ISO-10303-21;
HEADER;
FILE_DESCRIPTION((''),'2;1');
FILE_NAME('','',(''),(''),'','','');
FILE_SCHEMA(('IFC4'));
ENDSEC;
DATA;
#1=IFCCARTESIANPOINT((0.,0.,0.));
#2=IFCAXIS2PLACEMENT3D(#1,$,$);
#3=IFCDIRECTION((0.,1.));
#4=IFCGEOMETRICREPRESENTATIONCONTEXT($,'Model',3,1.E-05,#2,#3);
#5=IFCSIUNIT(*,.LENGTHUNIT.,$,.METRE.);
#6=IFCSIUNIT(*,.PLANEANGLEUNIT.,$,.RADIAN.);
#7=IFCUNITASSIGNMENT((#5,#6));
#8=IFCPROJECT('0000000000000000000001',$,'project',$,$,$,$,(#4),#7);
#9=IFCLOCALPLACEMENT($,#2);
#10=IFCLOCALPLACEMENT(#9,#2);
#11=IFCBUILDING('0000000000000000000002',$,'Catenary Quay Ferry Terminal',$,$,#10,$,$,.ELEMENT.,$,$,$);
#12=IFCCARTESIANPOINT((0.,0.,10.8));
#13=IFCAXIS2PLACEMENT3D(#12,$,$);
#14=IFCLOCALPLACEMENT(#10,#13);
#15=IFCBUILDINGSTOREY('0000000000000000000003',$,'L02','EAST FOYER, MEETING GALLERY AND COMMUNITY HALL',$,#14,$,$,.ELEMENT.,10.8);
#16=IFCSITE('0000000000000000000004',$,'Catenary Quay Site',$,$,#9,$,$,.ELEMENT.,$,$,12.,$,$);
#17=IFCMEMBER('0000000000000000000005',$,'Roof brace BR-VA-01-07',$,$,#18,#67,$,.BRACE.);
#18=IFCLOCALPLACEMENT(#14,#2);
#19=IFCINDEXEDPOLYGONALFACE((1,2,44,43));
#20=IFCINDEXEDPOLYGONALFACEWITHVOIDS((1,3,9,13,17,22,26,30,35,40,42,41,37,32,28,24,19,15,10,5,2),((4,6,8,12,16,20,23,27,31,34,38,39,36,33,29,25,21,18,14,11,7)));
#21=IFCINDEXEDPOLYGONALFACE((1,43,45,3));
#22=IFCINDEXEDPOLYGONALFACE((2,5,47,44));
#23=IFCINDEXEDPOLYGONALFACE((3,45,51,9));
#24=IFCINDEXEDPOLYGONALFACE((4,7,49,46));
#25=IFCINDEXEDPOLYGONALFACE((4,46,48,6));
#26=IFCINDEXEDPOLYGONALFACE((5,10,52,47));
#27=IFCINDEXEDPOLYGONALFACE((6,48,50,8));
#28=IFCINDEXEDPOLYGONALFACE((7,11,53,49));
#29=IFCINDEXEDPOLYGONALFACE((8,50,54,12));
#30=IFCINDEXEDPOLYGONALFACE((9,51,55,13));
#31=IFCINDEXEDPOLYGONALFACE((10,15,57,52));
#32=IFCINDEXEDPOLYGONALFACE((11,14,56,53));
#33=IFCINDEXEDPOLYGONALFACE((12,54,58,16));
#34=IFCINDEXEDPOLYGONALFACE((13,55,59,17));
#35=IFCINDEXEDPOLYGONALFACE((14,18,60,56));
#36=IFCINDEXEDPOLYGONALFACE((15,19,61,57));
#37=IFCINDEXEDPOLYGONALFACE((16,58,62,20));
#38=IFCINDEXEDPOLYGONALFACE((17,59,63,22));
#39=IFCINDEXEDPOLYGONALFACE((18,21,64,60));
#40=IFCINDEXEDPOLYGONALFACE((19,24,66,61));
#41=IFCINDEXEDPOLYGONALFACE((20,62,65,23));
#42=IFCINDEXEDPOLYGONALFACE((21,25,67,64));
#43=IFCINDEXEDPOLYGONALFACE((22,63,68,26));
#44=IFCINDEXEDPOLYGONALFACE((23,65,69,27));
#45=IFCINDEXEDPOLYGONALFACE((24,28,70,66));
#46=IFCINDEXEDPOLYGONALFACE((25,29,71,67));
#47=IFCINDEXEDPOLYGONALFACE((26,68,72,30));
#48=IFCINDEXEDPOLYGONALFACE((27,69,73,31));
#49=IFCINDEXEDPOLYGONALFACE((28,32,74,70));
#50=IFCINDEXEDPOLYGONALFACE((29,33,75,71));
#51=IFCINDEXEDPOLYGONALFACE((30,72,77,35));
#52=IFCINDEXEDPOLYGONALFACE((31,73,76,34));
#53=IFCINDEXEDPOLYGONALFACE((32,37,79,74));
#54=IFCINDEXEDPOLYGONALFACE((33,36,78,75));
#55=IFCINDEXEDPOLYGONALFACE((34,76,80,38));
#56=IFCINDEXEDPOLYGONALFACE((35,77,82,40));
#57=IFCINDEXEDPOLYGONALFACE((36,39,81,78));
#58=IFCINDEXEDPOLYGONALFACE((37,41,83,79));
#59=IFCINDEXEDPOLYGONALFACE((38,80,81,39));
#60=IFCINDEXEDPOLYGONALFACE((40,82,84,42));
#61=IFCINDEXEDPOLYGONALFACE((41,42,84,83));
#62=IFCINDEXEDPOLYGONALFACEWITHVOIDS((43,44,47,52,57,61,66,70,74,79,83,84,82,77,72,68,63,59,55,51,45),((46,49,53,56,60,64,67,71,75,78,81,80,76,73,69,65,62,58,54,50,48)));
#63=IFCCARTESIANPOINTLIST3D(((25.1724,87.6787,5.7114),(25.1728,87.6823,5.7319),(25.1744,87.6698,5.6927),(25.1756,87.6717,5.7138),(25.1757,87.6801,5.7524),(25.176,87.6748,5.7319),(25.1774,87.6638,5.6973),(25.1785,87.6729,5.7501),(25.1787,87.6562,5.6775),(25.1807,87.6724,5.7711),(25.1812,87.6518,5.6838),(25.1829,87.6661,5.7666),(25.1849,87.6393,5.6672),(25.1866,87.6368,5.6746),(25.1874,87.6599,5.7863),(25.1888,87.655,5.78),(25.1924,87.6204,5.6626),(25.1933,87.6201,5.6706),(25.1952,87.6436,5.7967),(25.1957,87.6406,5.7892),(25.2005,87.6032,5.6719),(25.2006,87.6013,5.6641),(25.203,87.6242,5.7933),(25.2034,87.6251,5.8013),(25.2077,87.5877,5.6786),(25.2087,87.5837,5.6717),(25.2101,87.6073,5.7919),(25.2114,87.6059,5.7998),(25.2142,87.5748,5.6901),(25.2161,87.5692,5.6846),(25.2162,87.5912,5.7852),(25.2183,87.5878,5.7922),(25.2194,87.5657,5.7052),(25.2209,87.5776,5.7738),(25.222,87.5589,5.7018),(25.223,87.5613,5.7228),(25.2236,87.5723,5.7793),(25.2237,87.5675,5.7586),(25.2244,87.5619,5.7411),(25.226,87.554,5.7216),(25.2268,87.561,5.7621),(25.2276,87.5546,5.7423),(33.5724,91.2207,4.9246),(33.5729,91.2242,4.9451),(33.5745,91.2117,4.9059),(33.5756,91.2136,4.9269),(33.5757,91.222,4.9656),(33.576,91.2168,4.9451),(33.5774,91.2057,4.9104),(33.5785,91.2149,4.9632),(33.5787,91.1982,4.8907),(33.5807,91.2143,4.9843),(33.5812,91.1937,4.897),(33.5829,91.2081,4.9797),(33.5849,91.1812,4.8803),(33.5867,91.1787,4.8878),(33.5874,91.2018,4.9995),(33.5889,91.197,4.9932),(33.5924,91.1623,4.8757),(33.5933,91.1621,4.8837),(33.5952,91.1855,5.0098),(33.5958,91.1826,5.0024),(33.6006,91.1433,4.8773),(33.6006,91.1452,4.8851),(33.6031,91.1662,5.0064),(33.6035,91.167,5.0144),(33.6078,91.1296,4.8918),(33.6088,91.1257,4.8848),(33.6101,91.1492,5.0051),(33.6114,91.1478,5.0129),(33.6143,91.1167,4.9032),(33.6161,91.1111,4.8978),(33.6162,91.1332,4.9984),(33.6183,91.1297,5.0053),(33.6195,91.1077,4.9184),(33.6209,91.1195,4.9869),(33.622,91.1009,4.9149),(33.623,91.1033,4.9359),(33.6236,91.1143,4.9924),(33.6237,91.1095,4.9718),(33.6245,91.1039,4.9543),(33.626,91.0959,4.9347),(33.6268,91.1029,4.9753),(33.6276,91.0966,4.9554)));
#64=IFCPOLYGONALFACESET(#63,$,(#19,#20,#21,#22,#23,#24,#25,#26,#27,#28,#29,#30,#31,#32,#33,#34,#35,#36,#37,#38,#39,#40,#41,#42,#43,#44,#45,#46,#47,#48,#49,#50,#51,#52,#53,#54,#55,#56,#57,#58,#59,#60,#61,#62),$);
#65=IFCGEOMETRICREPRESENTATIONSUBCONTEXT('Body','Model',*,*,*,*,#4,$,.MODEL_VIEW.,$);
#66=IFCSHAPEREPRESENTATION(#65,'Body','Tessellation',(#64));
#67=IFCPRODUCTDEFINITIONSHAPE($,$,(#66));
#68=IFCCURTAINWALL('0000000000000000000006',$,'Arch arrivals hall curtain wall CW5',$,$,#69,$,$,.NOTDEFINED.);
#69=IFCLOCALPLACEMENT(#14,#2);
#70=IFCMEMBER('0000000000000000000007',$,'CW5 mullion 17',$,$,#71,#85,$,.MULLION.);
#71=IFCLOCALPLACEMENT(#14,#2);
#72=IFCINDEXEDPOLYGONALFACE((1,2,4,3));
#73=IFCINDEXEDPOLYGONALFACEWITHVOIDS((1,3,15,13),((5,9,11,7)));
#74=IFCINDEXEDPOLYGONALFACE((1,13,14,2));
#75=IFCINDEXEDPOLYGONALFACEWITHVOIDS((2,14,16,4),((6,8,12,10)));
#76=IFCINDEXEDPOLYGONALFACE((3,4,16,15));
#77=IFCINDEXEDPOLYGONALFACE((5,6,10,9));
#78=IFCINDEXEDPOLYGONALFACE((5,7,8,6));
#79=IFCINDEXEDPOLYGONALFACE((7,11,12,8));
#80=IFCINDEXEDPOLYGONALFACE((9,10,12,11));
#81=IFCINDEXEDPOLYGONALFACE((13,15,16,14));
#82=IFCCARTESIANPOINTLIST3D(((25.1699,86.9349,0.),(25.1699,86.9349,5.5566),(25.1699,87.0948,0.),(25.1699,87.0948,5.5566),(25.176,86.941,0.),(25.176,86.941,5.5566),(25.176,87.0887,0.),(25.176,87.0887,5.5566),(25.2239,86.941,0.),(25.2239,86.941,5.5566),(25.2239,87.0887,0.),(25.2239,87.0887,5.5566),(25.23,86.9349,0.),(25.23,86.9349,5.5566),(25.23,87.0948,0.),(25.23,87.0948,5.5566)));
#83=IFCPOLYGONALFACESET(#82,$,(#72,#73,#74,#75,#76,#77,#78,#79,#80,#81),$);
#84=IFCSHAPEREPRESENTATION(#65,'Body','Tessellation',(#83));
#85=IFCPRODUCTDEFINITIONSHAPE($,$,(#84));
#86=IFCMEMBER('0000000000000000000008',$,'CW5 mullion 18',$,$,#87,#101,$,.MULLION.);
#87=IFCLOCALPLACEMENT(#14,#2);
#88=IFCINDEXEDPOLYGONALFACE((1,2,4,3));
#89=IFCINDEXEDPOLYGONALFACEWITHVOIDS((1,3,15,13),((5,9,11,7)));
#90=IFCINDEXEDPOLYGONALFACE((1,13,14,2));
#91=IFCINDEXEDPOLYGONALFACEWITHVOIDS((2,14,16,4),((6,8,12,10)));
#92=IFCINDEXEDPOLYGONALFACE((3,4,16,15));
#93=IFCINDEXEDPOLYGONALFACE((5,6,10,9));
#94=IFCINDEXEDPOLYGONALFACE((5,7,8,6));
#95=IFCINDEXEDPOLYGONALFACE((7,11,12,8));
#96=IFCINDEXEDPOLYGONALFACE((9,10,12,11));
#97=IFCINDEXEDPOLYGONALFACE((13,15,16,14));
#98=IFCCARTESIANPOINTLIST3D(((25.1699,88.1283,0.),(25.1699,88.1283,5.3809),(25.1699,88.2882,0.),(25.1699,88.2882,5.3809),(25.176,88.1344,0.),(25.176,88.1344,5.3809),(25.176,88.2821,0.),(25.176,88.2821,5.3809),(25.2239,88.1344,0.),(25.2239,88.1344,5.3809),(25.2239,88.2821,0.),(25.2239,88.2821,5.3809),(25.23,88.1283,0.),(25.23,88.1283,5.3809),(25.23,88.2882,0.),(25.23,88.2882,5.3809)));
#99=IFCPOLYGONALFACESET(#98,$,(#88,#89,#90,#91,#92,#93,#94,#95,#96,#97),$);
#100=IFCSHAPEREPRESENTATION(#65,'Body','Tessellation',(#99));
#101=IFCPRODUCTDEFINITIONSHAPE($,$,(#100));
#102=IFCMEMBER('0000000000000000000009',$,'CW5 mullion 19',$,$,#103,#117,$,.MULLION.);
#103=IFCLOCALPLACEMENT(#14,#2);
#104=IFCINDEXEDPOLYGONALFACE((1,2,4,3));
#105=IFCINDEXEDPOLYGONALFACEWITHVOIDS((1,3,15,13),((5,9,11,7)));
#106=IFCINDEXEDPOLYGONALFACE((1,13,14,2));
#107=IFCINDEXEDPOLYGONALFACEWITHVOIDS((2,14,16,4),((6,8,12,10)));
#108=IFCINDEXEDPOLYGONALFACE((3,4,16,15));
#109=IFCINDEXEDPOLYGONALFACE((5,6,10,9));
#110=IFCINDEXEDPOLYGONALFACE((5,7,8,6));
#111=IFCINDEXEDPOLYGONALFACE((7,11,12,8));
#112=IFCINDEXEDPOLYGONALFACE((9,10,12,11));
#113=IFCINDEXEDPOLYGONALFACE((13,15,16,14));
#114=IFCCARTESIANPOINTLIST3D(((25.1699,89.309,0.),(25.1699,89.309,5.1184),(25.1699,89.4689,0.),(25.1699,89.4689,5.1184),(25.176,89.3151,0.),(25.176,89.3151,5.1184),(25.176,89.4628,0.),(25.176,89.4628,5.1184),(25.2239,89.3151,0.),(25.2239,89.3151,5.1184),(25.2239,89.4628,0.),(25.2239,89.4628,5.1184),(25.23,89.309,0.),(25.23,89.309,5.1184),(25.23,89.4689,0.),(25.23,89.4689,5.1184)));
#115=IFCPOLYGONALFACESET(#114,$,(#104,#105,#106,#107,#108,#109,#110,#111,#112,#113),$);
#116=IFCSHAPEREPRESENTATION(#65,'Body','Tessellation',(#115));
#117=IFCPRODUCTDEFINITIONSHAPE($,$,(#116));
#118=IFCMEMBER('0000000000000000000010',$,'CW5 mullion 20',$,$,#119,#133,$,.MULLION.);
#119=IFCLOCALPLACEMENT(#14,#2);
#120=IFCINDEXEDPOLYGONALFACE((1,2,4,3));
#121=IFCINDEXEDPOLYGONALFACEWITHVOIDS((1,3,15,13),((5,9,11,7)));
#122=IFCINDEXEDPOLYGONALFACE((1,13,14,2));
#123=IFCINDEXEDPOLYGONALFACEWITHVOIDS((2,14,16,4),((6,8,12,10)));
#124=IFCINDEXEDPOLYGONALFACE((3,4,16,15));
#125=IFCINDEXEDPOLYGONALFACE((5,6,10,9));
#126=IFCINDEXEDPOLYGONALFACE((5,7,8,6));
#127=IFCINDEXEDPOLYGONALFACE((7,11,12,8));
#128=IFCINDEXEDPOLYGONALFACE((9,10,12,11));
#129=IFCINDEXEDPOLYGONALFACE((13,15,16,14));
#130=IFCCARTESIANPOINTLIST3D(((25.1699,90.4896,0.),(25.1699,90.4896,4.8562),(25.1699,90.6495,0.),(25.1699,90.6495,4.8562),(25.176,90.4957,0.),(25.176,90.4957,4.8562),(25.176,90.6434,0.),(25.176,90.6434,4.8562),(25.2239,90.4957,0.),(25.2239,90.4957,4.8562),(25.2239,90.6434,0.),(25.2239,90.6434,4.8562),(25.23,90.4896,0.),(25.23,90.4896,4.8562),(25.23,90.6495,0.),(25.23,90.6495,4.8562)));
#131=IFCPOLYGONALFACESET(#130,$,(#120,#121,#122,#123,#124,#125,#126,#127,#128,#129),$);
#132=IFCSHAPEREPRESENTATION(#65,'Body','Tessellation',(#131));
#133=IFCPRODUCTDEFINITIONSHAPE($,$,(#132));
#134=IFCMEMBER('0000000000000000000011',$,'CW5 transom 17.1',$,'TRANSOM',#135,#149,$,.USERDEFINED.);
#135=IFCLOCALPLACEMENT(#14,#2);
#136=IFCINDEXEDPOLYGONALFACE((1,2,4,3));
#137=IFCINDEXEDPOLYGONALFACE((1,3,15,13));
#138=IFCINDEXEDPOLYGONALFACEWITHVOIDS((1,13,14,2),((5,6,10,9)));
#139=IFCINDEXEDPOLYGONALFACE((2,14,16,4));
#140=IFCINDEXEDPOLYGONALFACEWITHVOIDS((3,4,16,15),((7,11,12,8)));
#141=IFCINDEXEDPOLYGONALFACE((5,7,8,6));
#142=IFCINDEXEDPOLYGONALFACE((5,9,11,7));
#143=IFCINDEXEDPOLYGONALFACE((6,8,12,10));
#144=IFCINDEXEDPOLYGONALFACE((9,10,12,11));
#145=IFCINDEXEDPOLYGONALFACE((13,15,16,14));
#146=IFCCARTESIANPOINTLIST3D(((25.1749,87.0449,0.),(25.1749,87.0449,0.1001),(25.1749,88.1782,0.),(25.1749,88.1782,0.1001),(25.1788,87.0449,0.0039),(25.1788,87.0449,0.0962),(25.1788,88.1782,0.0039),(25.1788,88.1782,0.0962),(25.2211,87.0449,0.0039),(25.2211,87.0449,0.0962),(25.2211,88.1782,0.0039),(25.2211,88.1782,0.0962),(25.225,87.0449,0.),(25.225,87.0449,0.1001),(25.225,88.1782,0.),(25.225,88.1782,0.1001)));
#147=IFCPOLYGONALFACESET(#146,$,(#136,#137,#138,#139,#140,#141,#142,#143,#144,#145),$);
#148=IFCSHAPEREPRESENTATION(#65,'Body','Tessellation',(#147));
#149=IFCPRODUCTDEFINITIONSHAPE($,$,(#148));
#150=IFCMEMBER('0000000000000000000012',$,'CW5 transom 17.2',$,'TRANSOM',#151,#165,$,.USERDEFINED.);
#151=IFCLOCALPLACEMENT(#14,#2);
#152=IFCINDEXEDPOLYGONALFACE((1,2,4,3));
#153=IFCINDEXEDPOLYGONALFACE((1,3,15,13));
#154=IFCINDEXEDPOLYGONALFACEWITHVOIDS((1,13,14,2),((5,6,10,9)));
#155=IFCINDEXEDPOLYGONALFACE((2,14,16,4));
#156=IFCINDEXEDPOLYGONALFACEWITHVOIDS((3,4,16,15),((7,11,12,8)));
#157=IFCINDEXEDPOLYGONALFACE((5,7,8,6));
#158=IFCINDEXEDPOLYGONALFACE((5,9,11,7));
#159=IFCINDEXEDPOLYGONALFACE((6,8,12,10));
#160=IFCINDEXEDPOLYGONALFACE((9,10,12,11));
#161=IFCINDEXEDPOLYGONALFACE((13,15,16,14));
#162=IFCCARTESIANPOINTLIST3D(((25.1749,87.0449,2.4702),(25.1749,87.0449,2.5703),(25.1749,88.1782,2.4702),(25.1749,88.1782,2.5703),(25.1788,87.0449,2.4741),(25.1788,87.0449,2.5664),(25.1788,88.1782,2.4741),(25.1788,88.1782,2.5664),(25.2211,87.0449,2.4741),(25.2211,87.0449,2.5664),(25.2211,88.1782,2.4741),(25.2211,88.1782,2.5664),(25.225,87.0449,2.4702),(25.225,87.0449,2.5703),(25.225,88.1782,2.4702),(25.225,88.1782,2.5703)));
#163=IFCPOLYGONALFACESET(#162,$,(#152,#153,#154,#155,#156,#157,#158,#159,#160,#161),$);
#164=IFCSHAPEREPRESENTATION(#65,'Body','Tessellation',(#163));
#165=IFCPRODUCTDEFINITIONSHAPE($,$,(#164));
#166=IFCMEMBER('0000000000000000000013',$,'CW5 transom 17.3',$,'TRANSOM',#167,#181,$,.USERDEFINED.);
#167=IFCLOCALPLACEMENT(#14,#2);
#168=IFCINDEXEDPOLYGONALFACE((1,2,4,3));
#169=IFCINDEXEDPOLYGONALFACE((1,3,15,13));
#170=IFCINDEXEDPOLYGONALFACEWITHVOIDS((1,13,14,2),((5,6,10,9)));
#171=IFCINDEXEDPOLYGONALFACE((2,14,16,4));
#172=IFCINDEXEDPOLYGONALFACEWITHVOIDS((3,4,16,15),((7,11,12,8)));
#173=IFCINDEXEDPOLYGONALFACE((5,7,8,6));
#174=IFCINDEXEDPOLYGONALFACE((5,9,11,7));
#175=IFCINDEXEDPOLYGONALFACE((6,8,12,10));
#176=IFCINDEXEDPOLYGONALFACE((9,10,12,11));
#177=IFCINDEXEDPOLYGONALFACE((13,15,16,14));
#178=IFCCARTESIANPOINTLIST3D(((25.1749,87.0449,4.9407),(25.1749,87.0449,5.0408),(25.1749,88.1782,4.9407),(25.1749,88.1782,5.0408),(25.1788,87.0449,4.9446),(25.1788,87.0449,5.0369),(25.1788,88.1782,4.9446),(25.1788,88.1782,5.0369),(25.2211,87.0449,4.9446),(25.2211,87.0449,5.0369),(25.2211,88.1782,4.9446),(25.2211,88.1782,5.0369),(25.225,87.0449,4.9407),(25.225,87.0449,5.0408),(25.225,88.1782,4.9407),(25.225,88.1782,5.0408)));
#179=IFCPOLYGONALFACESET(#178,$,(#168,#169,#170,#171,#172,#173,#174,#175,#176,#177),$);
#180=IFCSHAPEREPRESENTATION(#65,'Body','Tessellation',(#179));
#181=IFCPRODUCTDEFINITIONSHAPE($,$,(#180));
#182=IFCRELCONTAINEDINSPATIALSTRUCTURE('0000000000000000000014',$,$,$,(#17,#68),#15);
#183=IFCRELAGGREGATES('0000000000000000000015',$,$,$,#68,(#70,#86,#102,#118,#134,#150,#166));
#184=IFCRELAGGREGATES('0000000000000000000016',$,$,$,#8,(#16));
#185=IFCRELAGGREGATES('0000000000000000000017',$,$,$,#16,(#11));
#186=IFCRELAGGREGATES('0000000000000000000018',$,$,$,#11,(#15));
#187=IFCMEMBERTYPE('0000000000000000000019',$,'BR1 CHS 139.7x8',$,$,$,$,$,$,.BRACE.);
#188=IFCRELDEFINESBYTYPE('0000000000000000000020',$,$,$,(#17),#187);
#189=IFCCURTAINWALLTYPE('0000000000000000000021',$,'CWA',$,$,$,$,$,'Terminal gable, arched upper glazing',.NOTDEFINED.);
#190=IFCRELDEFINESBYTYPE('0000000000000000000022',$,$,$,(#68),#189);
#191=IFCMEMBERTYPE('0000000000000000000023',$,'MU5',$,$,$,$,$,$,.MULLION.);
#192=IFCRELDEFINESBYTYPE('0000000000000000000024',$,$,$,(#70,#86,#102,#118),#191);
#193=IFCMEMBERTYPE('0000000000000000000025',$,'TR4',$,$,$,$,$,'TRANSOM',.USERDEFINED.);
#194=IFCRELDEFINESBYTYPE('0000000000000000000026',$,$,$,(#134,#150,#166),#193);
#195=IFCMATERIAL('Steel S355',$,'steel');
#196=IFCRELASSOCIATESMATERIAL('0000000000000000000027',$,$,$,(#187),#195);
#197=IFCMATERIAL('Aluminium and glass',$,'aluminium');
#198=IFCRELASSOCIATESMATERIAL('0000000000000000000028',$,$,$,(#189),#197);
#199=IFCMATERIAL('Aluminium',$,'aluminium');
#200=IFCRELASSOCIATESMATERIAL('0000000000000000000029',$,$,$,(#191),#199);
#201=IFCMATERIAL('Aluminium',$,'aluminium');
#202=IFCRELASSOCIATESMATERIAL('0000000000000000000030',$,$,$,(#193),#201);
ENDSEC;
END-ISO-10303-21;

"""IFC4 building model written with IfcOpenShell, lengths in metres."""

from ifc_helpers import new_model, si_unit, direction, frame, origin, origin_2d, place, context, subcontext, project, spatial, hollow_rectangle, hollow_circle, extrude, material, material_profile, profile_set, type_object, element, aggregate, save


model = new_model("IFC4")

# Units and contexts
model_context = context("Model", 3, precision=1e-05, world=origin(), true_north=direction((0.0, 1.0)))
body_context = subcontext(model_context, "Body", "Model", "MODEL_VIEW")
ifc_project = project(units=[si_unit("LENGTHUNIT", "METRE"), si_unit("PLANEANGLEUNIT", "RADIAN")], contexts=[model_context])

# Site, building, storey
site_placement = place(None, origin())
site = spatial("IfcSite", under=ifc_project, at=site_placement, Name="Catenary Quay Site", CompositionType="ELEMENT", RefElevation=12.0)
building_placement = place(site_placement, origin())
building = spatial("IfcBuilding", under=site, at=building_placement, Name="Catenary Quay Ferry Terminal", CompositionType="ELEMENT")
storey_placement = place(building_placement, frame((0.0, 0.0, 10.8)))
storey = spatial("IfcBuildingStorey", under=building, at=storey_placement, Name="L02", Description="EAST FOYER, MEETING GALLERY AND COMMUNITY HALL", CompositionType="ELEMENT", Elevation=10.8)

# Member
ifc_material_1 = material(Name="Steel S355", Category="steel")
ifc_material_profile_1 = material_profile(ifc_material_1, hollow_circle(Radius=0.0698, WallThickness=0.0081, at=origin_2d()), Name="CHS 139.7x8")
ifc_profile_set_1 = profile_set([ifc_material_profile_1], Name="Steel S355")
member_type_1 = type_object("IfcMemberType", Name="BR1 CHS 139.7x8", PredefinedType="BRACE", material=ifc_profile_set_1)
member_1_placement = place(storey_placement, frame((25.2, 87.6179, 5.7319), z_axis=(0.918022, 0.387092, -0.085994), x_axis=(-0.388531, 0.921436, 0.0)))
element("IfcMember", 1, at=member_1_placement, inside=storey, type_object=member_type_1, Name="Roof brace BR-VA-01-07", PredefinedType="BRACE", context=body_context, shape_type="SweptSolid", body=[
    extrude(hollow_circle(Radius=0.0698, WallThickness=0.0081, at=origin_2d()), origin(), (0.0, 0.0, 1.0), 9.1501),
])

# Curtain wall, members
ifc_material_2 = material(Name="Aluminium and glass", Category="aluminium")
curtain_wall_type = type_object("IfcCurtainWallType", Name="CWA", ElementType="Terminal gable, arched upper glazing", PredefinedType="NOTDEFINED", material=ifc_material_2)
curtain_wall_placement = place(storey_placement, origin())
curtain_wall = element("IfcCurtainWall", 2, at=curtain_wall_placement, inside=storey, type_object=curtain_wall_type, Name="Arch arrivals hall curtain wall CW5", PredefinedType="NOTDEFINED")
ifc_material_3 = material(Name="Aluminium", Category="aluminium")
ifc_material_profile_2 = material_profile(ifc_material_3, hollow_rectangle(XDim=0.0601, YDim=0.1599, WallThickness=0.0061, at=origin_2d()), Name="MU5")
ifc_profile_set_2 = profile_set([ifc_material_profile_2], Name="Aluminium")
member_type_2 = type_object("IfcMemberType", Name="MU5", PredefinedType="MULLION", material=ifc_profile_set_2)
member_2_placement = place(storey_placement, frame((25.2, 87.0149, 0.0), z_axis=(0.0, 0.0, 1.0), x_axis=(-1.0, 0.0, 0.0)))
member_2 = element("IfcMember", 3, at=member_2_placement, type_object=member_type_2, Name="CW5 mullion 17", PredefinedType="MULLION", context=body_context, shape_type="SweptSolid", body=[
    extrude(hollow_rectangle(XDim=0.0601, YDim=0.1599, WallThickness=0.0061, at=origin_2d()), origin(), (0.0, 0.0, 1.0), 5.5566),
])
member_3_placement = place(storey_placement, frame((25.2, 88.2083, 0.0), z_axis=(0.0, 0.0, 1.0), x_axis=(-1.0, 0.0, 0.0)))
member_3 = element("IfcMember", 4, at=member_3_placement, type_object=member_type_2, Name="CW5 mullion 18", PredefinedType="MULLION", context=body_context, shape_type="SweptSolid", body=[
    extrude(hollow_rectangle(XDim=0.0601, YDim=0.1599, WallThickness=0.0061, at=origin_2d()), origin(), (0.0, 0.0, 1.0), 5.3809),
])
member_4_placement = place(storey_placement, frame((25.2, 89.3889, 0.0), z_axis=(0.0, 0.0, 1.0), x_axis=(-1.0, 0.0, 0.0)))
member_4 = element("IfcMember", 5, at=member_4_placement, type_object=member_type_2, Name="CW5 mullion 19", PredefinedType="MULLION", context=body_context, shape_type="SweptSolid", body=[
    extrude(hollow_rectangle(XDim=0.0601, YDim=0.1599, WallThickness=0.0061, at=origin_2d()), origin(), (0.0, 0.0, 1.0), 5.1184),
])
member_5_placement = place(storey_placement, frame((25.2, 90.5696, 0.0), z_axis=(0.0, 0.0, 1.0), x_axis=(-1.0, 0.0, 0.0)))
member_5 = element("IfcMember", 6, at=member_5_placement, type_object=member_type_2, Name="CW5 mullion 20", PredefinedType="MULLION", context=body_context, shape_type="SweptSolid", body=[
    extrude(hollow_rectangle(XDim=0.0601, YDim=0.1599, WallThickness=0.0061, at=origin_2d()), origin(), (0.0, 0.0, 1.0), 4.8562),
])
ifc_material_4 = material(Name="Aluminium", Category="aluminium")
ifc_material_profile_3 = material_profile(ifc_material_4, hollow_rectangle(XDim=0.05, YDim=0.1001, WallThickness=0.0039, at=origin_2d()), Name="TR4")
ifc_profile_set_3 = profile_set([ifc_material_profile_3], Name="Aluminium")
member_type_3 = type_object("IfcMemberType", Name="TR4", ElementType="TRANSOM", PredefinedType="USERDEFINED", material=ifc_profile_set_3)
member_6_placement = place(storey_placement, frame((25.2, 87.0449, 0.05), z_axis=(0.0, 1.0, 0.0), x_axis=(-1.0, 0.0, 0.0)))
member_6 = element("IfcMember", 7, at=member_6_placement, type_object=member_type_3, Name="CW5 transom 17.1", ObjectType="TRANSOM", PredefinedType="USERDEFINED", context=body_context, shape_type="SweptSolid", body=[
    extrude(hollow_rectangle(XDim=0.05, YDim=0.1001, WallThickness=0.0039, at=origin_2d()), origin(), (0.0, 0.0, 1.0), 1.1333),
])
member_7_placement = place(storey_placement, frame((25.2, 87.0449, 2.5203), z_axis=(0.0, 1.0, 0.0), x_axis=(-1.0, 0.0, 0.0)))
member_7 = element("IfcMember", 8, at=member_7_placement, type_object=member_type_3, Name="CW5 transom 17.2", ObjectType="TRANSOM", PredefinedType="USERDEFINED", context=body_context, shape_type="SweptSolid", body=[
    extrude(hollow_rectangle(XDim=0.05, YDim=0.1001, WallThickness=0.0039, at=origin_2d()), origin(), (0.0, 0.0, 1.0), 1.1333),
])
member_8_placement = place(storey_placement, frame((25.2, 87.0449, 4.9907), z_axis=(0.0, 1.0, 0.0), x_axis=(-1.0, 0.0, 0.0)))
member_8 = element("IfcMember", 9, at=member_8_placement, type_object=member_type_3, Name="CW5 transom 17.3", ObjectType="TRANSOM", PredefinedType="USERDEFINED", context=body_context, shape_type="SweptSolid", body=[
    extrude(hollow_rectangle(XDim=0.05, YDim=0.1001, WallThickness=0.0039, at=origin_2d()), origin(), (0.0, 0.0, 1.0), 1.1333),
])

aggregate(curtain_wall, [member_2, member_3, member_4, member_5, member_6, member_7, member_8])

save(model, "model.ifc")
